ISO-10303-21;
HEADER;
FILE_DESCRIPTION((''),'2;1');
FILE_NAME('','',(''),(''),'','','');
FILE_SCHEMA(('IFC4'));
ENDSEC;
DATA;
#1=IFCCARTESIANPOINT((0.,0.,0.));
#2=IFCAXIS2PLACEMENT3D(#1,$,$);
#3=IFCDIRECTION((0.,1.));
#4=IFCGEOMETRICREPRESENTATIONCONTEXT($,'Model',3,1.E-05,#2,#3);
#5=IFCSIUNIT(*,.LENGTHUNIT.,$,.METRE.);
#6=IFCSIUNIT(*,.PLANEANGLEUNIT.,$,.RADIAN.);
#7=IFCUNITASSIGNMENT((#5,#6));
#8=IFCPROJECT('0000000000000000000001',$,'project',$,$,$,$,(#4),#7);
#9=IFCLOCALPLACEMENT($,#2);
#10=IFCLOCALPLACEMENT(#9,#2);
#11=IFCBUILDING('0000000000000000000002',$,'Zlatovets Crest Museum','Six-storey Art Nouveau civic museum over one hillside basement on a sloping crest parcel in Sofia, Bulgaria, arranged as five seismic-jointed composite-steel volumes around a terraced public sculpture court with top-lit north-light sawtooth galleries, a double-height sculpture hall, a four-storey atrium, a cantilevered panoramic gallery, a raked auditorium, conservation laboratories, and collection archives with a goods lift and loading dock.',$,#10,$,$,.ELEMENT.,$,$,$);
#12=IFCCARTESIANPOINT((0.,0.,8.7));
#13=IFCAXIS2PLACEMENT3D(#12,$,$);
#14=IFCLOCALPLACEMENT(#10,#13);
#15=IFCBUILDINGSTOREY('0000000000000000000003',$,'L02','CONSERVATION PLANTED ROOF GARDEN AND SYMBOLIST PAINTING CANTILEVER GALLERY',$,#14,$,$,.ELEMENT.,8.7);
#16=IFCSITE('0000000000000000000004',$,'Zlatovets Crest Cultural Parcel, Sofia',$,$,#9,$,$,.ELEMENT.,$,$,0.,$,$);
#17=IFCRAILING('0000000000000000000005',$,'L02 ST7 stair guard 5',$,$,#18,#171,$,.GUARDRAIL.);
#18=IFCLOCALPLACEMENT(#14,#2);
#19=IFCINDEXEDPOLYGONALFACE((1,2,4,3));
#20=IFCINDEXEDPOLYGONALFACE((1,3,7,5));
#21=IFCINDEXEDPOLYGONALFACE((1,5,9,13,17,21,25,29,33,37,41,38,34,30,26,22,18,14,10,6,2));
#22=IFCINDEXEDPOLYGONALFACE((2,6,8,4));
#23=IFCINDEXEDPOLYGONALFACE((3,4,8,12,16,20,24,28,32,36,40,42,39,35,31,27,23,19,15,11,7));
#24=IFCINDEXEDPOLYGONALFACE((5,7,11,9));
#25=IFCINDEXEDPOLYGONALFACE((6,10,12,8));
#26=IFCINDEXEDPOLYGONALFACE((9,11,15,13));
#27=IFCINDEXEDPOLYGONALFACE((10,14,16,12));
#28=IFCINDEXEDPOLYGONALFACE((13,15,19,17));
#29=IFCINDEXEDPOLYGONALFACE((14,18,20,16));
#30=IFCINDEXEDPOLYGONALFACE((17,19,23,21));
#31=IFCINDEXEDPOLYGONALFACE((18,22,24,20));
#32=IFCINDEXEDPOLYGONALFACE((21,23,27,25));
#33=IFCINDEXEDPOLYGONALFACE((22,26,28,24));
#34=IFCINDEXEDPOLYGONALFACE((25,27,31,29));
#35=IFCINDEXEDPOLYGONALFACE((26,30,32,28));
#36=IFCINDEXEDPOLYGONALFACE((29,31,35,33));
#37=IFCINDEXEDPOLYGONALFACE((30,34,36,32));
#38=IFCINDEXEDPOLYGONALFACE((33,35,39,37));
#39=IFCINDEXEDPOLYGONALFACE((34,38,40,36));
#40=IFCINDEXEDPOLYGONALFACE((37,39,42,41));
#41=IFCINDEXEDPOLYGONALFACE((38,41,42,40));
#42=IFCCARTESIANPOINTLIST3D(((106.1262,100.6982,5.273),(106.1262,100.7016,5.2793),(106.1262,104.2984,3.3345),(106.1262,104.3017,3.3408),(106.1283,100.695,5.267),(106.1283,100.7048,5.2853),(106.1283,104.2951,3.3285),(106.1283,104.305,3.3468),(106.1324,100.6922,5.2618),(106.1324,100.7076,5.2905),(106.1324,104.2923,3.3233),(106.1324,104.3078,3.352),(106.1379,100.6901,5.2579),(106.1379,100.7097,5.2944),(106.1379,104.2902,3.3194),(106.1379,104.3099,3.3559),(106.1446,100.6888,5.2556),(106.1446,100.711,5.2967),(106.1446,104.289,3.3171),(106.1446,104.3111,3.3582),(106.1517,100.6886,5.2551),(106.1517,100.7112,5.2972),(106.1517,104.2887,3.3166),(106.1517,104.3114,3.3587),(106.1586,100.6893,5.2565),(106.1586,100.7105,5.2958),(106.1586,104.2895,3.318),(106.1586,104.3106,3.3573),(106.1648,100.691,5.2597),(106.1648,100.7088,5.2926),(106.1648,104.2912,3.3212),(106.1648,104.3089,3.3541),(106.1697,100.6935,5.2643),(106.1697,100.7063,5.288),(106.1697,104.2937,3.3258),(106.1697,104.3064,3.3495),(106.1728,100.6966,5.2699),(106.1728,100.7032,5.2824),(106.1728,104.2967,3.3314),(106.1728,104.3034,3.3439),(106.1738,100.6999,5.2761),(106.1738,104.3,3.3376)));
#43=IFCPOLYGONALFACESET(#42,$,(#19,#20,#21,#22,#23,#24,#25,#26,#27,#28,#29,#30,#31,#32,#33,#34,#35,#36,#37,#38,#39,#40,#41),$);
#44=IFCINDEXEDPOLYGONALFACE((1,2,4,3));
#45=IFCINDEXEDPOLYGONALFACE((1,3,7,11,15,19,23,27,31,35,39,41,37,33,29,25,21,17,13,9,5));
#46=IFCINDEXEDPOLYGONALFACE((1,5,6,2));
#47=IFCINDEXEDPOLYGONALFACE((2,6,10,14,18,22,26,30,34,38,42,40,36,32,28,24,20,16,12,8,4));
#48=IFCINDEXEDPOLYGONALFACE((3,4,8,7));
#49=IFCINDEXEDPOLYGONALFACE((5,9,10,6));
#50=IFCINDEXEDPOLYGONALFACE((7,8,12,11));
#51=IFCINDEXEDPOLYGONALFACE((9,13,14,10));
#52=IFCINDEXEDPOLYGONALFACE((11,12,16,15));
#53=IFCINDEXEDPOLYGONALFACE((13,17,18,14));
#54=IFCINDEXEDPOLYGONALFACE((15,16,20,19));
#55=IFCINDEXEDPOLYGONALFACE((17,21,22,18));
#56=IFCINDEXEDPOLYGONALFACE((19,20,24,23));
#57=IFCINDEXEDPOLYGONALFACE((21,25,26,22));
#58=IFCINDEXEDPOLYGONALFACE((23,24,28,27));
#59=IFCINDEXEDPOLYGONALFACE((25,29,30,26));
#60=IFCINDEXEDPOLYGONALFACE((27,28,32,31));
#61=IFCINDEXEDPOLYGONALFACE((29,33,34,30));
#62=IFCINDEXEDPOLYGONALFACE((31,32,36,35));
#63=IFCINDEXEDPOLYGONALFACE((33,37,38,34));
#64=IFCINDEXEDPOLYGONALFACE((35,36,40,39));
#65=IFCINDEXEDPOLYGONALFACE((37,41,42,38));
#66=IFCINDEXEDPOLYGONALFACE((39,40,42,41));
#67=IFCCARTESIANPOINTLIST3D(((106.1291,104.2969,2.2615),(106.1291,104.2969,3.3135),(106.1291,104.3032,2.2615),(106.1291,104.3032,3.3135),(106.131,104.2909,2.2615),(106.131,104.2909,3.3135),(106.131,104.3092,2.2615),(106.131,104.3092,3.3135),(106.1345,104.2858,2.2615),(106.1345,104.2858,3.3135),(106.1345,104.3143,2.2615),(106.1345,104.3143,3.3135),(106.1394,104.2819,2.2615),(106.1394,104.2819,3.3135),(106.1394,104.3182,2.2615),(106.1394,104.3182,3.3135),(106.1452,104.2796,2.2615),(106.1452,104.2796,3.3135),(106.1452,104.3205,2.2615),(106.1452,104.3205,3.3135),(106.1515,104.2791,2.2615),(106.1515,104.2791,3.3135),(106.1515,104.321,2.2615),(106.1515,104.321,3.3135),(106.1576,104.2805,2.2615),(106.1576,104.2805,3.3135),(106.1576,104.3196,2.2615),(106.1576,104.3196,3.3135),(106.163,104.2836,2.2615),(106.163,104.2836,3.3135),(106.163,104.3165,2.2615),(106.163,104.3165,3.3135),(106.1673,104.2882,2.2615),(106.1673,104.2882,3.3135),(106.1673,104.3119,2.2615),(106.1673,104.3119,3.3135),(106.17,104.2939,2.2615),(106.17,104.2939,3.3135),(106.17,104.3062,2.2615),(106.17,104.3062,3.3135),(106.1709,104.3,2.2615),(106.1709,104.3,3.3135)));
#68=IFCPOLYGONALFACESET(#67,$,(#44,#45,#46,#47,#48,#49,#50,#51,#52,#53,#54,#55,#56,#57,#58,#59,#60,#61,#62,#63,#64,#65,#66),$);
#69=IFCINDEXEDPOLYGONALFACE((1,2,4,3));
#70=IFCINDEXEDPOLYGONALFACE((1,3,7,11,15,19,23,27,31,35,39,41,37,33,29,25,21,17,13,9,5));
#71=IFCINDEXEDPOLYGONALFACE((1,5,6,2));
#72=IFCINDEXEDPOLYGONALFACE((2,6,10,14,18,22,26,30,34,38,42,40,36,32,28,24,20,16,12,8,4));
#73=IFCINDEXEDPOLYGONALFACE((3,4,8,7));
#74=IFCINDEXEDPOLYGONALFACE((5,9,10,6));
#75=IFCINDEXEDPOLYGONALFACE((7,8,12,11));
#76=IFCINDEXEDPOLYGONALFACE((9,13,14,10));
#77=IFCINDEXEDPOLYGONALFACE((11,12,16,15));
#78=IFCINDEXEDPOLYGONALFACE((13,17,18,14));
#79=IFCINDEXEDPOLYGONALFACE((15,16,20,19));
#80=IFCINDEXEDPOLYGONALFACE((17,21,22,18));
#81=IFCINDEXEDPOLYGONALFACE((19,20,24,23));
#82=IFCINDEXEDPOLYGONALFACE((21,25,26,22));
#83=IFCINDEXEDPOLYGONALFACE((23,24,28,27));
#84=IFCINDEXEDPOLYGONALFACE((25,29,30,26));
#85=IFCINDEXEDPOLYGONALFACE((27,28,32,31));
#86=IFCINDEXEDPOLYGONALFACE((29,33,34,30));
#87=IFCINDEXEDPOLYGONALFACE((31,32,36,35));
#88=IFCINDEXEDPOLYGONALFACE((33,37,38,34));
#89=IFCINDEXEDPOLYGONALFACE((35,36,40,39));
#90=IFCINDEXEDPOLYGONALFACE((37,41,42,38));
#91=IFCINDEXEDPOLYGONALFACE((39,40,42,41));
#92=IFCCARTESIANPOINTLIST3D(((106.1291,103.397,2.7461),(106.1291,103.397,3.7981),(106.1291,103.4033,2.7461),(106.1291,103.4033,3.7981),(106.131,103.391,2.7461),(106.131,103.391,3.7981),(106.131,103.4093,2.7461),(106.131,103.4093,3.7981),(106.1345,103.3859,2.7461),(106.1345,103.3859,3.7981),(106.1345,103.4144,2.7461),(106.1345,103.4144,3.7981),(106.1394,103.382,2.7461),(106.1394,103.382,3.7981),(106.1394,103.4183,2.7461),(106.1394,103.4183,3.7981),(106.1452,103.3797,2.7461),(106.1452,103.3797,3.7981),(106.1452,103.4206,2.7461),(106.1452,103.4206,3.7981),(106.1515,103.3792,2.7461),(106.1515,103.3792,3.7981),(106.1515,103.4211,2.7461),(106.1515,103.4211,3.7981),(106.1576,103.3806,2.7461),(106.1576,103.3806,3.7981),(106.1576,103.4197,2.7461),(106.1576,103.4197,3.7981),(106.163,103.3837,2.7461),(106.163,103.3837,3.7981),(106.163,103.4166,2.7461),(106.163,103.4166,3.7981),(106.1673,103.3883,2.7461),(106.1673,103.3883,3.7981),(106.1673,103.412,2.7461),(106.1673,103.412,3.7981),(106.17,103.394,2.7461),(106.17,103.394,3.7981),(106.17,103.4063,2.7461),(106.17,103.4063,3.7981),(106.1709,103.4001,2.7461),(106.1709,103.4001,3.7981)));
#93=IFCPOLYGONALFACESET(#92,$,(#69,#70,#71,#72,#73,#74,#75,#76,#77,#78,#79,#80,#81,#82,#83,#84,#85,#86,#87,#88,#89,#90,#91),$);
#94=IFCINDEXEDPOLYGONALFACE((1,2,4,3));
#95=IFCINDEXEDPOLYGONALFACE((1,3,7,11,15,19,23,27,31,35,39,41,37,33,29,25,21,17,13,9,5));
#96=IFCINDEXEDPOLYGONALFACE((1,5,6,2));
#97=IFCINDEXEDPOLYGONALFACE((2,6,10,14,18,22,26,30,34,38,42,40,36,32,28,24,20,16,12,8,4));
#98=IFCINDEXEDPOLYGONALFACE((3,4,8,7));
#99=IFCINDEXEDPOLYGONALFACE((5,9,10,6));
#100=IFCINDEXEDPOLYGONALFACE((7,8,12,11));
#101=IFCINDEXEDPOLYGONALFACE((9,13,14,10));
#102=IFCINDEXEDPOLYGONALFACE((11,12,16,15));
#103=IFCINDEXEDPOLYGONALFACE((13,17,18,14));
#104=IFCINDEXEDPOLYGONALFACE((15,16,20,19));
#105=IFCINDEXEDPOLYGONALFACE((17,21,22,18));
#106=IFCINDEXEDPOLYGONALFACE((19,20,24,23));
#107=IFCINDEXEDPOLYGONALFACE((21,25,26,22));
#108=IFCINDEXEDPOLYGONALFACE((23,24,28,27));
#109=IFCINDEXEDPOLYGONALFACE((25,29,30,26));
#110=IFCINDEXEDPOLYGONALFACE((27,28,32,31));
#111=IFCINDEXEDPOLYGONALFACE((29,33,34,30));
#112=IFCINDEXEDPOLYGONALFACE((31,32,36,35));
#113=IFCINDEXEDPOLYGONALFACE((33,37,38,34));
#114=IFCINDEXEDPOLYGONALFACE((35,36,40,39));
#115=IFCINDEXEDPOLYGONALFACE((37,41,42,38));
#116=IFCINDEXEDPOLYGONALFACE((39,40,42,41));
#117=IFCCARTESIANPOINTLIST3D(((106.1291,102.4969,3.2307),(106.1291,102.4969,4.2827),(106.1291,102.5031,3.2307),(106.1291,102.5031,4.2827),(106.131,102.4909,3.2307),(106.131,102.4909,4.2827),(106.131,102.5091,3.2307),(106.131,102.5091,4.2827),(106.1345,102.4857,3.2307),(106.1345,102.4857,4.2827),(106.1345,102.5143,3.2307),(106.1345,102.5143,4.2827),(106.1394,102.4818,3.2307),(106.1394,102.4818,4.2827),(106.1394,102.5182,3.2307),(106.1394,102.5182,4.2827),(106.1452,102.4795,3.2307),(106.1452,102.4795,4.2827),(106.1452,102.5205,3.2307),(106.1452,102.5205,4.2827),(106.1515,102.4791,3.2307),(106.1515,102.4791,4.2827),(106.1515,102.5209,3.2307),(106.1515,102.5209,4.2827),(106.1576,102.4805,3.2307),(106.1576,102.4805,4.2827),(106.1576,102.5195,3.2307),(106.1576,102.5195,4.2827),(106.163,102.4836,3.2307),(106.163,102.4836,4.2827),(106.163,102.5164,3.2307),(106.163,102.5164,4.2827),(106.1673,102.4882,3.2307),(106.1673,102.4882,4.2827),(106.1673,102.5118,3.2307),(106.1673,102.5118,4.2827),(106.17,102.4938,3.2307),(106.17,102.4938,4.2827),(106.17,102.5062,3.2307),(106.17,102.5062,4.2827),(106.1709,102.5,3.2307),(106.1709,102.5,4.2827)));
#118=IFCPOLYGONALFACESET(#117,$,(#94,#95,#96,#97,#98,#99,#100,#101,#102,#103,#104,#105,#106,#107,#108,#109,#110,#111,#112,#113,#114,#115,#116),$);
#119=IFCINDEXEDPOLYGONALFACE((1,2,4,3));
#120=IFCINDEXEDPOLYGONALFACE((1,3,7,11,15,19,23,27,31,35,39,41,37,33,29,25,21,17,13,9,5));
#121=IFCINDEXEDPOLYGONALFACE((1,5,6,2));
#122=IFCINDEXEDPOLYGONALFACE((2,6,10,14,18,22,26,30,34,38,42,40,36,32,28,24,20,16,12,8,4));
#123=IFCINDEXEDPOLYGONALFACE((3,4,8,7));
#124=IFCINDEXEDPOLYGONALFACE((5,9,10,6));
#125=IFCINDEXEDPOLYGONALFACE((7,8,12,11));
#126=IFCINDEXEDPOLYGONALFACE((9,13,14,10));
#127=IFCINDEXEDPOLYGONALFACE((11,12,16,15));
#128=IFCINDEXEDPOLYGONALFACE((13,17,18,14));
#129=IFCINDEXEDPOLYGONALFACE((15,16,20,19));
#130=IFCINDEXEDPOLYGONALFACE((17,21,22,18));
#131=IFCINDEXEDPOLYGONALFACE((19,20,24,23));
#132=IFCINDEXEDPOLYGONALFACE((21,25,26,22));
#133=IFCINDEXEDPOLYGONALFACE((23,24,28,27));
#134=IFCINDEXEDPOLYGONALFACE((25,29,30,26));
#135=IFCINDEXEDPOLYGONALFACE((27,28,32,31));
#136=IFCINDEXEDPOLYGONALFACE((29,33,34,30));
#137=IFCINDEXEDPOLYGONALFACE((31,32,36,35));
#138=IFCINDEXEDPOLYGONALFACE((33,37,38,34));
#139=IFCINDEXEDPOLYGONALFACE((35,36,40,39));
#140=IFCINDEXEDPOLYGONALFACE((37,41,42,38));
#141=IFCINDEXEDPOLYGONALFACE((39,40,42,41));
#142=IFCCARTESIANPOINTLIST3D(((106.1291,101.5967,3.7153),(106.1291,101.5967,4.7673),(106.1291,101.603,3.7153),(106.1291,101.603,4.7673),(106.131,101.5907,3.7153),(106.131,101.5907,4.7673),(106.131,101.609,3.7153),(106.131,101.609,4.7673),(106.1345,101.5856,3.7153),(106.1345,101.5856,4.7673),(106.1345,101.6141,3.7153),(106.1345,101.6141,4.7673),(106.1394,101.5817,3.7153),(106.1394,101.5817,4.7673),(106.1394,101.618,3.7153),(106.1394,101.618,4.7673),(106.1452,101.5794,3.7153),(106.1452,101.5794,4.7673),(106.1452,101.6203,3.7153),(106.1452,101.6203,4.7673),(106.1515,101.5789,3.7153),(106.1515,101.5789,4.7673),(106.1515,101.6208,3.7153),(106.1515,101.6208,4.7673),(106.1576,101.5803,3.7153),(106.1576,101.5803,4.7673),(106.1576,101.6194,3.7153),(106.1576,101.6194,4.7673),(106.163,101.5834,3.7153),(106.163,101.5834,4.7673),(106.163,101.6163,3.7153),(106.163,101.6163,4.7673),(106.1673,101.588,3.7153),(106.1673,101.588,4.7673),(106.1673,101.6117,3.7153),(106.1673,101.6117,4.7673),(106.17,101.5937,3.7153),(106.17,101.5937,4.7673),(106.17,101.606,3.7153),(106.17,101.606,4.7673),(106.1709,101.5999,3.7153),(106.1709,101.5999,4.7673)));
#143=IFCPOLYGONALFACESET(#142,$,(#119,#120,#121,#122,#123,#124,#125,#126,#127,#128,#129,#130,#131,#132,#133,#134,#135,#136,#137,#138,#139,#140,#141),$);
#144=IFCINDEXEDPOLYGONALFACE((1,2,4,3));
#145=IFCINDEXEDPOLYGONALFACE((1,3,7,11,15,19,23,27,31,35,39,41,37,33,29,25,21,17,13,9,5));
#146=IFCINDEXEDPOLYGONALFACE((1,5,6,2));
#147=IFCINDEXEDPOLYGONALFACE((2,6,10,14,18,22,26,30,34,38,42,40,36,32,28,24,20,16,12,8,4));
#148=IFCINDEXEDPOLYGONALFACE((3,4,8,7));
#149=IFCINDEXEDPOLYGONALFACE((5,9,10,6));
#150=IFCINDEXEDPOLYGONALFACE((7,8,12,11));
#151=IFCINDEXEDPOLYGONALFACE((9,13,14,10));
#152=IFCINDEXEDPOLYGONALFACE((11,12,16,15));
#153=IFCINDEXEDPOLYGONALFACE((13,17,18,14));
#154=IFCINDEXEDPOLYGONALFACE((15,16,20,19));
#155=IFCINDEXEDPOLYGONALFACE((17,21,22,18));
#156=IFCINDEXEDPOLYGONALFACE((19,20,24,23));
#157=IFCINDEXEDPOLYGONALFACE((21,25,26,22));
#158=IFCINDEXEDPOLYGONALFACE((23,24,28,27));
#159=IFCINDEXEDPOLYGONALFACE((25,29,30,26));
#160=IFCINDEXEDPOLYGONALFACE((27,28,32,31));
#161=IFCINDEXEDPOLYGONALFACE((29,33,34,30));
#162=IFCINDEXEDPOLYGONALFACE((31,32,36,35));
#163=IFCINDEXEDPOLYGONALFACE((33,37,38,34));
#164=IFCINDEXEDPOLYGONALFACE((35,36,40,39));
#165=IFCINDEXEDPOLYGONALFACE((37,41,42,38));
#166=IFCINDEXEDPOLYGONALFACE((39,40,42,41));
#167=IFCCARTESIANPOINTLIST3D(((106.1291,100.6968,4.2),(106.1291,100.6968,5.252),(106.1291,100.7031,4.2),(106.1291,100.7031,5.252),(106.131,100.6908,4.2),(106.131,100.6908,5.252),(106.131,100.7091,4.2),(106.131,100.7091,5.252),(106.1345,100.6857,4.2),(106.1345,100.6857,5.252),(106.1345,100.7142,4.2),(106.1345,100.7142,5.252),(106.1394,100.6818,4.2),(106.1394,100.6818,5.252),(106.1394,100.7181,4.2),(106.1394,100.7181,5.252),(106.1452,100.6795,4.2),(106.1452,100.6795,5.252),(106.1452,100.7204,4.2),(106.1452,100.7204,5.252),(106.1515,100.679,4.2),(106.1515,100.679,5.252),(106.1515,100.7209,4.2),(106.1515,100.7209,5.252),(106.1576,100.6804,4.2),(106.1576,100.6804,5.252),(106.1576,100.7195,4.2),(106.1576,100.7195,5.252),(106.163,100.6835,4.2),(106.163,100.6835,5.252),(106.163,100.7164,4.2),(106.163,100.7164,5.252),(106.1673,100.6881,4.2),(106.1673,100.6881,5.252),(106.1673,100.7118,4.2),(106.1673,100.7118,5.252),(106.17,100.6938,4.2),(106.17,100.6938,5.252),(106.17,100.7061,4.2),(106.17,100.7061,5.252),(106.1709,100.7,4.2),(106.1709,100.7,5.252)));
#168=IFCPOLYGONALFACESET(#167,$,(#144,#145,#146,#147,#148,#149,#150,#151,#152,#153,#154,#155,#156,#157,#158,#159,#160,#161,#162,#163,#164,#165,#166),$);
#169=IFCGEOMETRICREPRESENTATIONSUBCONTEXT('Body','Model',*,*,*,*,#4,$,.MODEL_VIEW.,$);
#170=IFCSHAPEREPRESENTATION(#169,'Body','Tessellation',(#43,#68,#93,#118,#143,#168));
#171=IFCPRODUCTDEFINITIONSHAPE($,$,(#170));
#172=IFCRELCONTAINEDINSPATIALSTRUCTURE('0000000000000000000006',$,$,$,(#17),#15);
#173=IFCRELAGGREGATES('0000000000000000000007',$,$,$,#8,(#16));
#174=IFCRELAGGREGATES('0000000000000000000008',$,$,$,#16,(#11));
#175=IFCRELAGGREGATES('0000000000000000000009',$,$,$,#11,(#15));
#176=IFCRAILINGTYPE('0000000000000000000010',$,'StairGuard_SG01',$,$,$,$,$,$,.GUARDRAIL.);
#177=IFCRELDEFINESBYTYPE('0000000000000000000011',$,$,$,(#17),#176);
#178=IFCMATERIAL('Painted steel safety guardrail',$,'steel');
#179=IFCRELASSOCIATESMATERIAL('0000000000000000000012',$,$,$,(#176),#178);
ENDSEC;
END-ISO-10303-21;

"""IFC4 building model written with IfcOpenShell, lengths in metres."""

from ifc_helpers import new_model, si_unit, direction, frame, origin, origin_2d, place, context, subcontext, project, spatial, circle, extrude, material, type_object, element, save


model = new_model("IFC4")

# Units and contexts
model_context = context("Model", 3, precision=1e-05, world=origin(), true_north=direction((0.0, 1.0)))
body_context = subcontext(model_context, "Body", "Model", "MODEL_VIEW")
ifc_project = project(units=[si_unit("LENGTHUNIT", "METRE"), si_unit("PLANEANGLEUNIT", "RADIAN")], contexts=[model_context])

# Site, building, storey
site_placement = place(None, origin())
site = spatial("IfcSite", under=ifc_project, at=site_placement, Name="Zlatovets Crest Cultural Parcel, Sofia", CompositionType="ELEMENT", RefElevation=0.0)
building_placement = place(site_placement, origin())
building = spatial("IfcBuilding", under=site, at=building_placement, Name="Zlatovets Crest Museum", Description="Six-storey Art Nouveau civic museum over one hillside basement on a sloping crest parcel in Sofia, Bulgaria, arranged as five seismic-jointed composite-steel volumes around a terraced public sculpture court with top-lit north-light sawtooth galleries, a double-height sculpture hall, a four-storey atrium, a cantilevered panoramic gallery, a raked auditorium, conservation laboratories, and collection archives with a goods lift and loading dock.", CompositionType="ELEMENT")
storey_placement = place(building_placement, frame((0.0, 0.0, 8.7)))
storey = spatial("IfcBuildingStorey", under=building, at=storey_placement, Name="L02", Description="CONSERVATION PLANTED ROOF GARDEN AND SYMBOLIST PAINTING CANTILEVER GALLERY", CompositionType="ELEMENT", Elevation=8.7)

# Railing
ifc_material_1 = material(Name="Painted steel safety guardrail", Category="steel")
railing_type_1 = type_object("IfcRailingType", Name="StairGuard_SG01", PredefinedType="GUARDRAIL", material=ifc_material_1)
railing_1_placement = place(storey_placement, frame((106.1499, 104.3, 2.2615)))
element("IfcRailing", 1, at=railing_1_placement, inside=storey, type_object=railing_type_1, Name="L02 ST7 stair guard 5", PredefinedType="GUARDRAIL", context=body_context, shape_type="SweptSolid", body=[
    extrude(circle(Radius=0.0239, at=origin_2d()), frame((0.0, 0.0, 1.0762), z_axis=(0.0, -0.880475, 0.474093), x_axis=(1.0, 0.0, 0.0)), (0.0, 0.0, 1.0), 4.0889),
    extrude(circle(Radius=0.021, at=origin_2d()), origin(), (0.0, 0.0, 1.0), 1.052),
    extrude(circle(Radius=0.021, at=origin_2d()), frame((0.0, -0.8999, 0.4846)), (0.0, 0.0, 1.0), 1.052),
    extrude(circle(Radius=0.021, at=origin_2d()), frame((0.0, -1.8, 0.9692)), (0.0, 0.0, 1.0), 1.052),
    extrude(circle(Radius=0.021, at=origin_2d()), frame((0.0, -2.7002, 1.4539)), (0.0, 0.0, 1.0), 1.052),
    extrude(circle(Radius=0.021, at=origin_2d()), frame((0.0, -3.6001, 1.9385)), (0.0, 0.0, 1.0), 1.052),
])

save(model, "model.ifc")
